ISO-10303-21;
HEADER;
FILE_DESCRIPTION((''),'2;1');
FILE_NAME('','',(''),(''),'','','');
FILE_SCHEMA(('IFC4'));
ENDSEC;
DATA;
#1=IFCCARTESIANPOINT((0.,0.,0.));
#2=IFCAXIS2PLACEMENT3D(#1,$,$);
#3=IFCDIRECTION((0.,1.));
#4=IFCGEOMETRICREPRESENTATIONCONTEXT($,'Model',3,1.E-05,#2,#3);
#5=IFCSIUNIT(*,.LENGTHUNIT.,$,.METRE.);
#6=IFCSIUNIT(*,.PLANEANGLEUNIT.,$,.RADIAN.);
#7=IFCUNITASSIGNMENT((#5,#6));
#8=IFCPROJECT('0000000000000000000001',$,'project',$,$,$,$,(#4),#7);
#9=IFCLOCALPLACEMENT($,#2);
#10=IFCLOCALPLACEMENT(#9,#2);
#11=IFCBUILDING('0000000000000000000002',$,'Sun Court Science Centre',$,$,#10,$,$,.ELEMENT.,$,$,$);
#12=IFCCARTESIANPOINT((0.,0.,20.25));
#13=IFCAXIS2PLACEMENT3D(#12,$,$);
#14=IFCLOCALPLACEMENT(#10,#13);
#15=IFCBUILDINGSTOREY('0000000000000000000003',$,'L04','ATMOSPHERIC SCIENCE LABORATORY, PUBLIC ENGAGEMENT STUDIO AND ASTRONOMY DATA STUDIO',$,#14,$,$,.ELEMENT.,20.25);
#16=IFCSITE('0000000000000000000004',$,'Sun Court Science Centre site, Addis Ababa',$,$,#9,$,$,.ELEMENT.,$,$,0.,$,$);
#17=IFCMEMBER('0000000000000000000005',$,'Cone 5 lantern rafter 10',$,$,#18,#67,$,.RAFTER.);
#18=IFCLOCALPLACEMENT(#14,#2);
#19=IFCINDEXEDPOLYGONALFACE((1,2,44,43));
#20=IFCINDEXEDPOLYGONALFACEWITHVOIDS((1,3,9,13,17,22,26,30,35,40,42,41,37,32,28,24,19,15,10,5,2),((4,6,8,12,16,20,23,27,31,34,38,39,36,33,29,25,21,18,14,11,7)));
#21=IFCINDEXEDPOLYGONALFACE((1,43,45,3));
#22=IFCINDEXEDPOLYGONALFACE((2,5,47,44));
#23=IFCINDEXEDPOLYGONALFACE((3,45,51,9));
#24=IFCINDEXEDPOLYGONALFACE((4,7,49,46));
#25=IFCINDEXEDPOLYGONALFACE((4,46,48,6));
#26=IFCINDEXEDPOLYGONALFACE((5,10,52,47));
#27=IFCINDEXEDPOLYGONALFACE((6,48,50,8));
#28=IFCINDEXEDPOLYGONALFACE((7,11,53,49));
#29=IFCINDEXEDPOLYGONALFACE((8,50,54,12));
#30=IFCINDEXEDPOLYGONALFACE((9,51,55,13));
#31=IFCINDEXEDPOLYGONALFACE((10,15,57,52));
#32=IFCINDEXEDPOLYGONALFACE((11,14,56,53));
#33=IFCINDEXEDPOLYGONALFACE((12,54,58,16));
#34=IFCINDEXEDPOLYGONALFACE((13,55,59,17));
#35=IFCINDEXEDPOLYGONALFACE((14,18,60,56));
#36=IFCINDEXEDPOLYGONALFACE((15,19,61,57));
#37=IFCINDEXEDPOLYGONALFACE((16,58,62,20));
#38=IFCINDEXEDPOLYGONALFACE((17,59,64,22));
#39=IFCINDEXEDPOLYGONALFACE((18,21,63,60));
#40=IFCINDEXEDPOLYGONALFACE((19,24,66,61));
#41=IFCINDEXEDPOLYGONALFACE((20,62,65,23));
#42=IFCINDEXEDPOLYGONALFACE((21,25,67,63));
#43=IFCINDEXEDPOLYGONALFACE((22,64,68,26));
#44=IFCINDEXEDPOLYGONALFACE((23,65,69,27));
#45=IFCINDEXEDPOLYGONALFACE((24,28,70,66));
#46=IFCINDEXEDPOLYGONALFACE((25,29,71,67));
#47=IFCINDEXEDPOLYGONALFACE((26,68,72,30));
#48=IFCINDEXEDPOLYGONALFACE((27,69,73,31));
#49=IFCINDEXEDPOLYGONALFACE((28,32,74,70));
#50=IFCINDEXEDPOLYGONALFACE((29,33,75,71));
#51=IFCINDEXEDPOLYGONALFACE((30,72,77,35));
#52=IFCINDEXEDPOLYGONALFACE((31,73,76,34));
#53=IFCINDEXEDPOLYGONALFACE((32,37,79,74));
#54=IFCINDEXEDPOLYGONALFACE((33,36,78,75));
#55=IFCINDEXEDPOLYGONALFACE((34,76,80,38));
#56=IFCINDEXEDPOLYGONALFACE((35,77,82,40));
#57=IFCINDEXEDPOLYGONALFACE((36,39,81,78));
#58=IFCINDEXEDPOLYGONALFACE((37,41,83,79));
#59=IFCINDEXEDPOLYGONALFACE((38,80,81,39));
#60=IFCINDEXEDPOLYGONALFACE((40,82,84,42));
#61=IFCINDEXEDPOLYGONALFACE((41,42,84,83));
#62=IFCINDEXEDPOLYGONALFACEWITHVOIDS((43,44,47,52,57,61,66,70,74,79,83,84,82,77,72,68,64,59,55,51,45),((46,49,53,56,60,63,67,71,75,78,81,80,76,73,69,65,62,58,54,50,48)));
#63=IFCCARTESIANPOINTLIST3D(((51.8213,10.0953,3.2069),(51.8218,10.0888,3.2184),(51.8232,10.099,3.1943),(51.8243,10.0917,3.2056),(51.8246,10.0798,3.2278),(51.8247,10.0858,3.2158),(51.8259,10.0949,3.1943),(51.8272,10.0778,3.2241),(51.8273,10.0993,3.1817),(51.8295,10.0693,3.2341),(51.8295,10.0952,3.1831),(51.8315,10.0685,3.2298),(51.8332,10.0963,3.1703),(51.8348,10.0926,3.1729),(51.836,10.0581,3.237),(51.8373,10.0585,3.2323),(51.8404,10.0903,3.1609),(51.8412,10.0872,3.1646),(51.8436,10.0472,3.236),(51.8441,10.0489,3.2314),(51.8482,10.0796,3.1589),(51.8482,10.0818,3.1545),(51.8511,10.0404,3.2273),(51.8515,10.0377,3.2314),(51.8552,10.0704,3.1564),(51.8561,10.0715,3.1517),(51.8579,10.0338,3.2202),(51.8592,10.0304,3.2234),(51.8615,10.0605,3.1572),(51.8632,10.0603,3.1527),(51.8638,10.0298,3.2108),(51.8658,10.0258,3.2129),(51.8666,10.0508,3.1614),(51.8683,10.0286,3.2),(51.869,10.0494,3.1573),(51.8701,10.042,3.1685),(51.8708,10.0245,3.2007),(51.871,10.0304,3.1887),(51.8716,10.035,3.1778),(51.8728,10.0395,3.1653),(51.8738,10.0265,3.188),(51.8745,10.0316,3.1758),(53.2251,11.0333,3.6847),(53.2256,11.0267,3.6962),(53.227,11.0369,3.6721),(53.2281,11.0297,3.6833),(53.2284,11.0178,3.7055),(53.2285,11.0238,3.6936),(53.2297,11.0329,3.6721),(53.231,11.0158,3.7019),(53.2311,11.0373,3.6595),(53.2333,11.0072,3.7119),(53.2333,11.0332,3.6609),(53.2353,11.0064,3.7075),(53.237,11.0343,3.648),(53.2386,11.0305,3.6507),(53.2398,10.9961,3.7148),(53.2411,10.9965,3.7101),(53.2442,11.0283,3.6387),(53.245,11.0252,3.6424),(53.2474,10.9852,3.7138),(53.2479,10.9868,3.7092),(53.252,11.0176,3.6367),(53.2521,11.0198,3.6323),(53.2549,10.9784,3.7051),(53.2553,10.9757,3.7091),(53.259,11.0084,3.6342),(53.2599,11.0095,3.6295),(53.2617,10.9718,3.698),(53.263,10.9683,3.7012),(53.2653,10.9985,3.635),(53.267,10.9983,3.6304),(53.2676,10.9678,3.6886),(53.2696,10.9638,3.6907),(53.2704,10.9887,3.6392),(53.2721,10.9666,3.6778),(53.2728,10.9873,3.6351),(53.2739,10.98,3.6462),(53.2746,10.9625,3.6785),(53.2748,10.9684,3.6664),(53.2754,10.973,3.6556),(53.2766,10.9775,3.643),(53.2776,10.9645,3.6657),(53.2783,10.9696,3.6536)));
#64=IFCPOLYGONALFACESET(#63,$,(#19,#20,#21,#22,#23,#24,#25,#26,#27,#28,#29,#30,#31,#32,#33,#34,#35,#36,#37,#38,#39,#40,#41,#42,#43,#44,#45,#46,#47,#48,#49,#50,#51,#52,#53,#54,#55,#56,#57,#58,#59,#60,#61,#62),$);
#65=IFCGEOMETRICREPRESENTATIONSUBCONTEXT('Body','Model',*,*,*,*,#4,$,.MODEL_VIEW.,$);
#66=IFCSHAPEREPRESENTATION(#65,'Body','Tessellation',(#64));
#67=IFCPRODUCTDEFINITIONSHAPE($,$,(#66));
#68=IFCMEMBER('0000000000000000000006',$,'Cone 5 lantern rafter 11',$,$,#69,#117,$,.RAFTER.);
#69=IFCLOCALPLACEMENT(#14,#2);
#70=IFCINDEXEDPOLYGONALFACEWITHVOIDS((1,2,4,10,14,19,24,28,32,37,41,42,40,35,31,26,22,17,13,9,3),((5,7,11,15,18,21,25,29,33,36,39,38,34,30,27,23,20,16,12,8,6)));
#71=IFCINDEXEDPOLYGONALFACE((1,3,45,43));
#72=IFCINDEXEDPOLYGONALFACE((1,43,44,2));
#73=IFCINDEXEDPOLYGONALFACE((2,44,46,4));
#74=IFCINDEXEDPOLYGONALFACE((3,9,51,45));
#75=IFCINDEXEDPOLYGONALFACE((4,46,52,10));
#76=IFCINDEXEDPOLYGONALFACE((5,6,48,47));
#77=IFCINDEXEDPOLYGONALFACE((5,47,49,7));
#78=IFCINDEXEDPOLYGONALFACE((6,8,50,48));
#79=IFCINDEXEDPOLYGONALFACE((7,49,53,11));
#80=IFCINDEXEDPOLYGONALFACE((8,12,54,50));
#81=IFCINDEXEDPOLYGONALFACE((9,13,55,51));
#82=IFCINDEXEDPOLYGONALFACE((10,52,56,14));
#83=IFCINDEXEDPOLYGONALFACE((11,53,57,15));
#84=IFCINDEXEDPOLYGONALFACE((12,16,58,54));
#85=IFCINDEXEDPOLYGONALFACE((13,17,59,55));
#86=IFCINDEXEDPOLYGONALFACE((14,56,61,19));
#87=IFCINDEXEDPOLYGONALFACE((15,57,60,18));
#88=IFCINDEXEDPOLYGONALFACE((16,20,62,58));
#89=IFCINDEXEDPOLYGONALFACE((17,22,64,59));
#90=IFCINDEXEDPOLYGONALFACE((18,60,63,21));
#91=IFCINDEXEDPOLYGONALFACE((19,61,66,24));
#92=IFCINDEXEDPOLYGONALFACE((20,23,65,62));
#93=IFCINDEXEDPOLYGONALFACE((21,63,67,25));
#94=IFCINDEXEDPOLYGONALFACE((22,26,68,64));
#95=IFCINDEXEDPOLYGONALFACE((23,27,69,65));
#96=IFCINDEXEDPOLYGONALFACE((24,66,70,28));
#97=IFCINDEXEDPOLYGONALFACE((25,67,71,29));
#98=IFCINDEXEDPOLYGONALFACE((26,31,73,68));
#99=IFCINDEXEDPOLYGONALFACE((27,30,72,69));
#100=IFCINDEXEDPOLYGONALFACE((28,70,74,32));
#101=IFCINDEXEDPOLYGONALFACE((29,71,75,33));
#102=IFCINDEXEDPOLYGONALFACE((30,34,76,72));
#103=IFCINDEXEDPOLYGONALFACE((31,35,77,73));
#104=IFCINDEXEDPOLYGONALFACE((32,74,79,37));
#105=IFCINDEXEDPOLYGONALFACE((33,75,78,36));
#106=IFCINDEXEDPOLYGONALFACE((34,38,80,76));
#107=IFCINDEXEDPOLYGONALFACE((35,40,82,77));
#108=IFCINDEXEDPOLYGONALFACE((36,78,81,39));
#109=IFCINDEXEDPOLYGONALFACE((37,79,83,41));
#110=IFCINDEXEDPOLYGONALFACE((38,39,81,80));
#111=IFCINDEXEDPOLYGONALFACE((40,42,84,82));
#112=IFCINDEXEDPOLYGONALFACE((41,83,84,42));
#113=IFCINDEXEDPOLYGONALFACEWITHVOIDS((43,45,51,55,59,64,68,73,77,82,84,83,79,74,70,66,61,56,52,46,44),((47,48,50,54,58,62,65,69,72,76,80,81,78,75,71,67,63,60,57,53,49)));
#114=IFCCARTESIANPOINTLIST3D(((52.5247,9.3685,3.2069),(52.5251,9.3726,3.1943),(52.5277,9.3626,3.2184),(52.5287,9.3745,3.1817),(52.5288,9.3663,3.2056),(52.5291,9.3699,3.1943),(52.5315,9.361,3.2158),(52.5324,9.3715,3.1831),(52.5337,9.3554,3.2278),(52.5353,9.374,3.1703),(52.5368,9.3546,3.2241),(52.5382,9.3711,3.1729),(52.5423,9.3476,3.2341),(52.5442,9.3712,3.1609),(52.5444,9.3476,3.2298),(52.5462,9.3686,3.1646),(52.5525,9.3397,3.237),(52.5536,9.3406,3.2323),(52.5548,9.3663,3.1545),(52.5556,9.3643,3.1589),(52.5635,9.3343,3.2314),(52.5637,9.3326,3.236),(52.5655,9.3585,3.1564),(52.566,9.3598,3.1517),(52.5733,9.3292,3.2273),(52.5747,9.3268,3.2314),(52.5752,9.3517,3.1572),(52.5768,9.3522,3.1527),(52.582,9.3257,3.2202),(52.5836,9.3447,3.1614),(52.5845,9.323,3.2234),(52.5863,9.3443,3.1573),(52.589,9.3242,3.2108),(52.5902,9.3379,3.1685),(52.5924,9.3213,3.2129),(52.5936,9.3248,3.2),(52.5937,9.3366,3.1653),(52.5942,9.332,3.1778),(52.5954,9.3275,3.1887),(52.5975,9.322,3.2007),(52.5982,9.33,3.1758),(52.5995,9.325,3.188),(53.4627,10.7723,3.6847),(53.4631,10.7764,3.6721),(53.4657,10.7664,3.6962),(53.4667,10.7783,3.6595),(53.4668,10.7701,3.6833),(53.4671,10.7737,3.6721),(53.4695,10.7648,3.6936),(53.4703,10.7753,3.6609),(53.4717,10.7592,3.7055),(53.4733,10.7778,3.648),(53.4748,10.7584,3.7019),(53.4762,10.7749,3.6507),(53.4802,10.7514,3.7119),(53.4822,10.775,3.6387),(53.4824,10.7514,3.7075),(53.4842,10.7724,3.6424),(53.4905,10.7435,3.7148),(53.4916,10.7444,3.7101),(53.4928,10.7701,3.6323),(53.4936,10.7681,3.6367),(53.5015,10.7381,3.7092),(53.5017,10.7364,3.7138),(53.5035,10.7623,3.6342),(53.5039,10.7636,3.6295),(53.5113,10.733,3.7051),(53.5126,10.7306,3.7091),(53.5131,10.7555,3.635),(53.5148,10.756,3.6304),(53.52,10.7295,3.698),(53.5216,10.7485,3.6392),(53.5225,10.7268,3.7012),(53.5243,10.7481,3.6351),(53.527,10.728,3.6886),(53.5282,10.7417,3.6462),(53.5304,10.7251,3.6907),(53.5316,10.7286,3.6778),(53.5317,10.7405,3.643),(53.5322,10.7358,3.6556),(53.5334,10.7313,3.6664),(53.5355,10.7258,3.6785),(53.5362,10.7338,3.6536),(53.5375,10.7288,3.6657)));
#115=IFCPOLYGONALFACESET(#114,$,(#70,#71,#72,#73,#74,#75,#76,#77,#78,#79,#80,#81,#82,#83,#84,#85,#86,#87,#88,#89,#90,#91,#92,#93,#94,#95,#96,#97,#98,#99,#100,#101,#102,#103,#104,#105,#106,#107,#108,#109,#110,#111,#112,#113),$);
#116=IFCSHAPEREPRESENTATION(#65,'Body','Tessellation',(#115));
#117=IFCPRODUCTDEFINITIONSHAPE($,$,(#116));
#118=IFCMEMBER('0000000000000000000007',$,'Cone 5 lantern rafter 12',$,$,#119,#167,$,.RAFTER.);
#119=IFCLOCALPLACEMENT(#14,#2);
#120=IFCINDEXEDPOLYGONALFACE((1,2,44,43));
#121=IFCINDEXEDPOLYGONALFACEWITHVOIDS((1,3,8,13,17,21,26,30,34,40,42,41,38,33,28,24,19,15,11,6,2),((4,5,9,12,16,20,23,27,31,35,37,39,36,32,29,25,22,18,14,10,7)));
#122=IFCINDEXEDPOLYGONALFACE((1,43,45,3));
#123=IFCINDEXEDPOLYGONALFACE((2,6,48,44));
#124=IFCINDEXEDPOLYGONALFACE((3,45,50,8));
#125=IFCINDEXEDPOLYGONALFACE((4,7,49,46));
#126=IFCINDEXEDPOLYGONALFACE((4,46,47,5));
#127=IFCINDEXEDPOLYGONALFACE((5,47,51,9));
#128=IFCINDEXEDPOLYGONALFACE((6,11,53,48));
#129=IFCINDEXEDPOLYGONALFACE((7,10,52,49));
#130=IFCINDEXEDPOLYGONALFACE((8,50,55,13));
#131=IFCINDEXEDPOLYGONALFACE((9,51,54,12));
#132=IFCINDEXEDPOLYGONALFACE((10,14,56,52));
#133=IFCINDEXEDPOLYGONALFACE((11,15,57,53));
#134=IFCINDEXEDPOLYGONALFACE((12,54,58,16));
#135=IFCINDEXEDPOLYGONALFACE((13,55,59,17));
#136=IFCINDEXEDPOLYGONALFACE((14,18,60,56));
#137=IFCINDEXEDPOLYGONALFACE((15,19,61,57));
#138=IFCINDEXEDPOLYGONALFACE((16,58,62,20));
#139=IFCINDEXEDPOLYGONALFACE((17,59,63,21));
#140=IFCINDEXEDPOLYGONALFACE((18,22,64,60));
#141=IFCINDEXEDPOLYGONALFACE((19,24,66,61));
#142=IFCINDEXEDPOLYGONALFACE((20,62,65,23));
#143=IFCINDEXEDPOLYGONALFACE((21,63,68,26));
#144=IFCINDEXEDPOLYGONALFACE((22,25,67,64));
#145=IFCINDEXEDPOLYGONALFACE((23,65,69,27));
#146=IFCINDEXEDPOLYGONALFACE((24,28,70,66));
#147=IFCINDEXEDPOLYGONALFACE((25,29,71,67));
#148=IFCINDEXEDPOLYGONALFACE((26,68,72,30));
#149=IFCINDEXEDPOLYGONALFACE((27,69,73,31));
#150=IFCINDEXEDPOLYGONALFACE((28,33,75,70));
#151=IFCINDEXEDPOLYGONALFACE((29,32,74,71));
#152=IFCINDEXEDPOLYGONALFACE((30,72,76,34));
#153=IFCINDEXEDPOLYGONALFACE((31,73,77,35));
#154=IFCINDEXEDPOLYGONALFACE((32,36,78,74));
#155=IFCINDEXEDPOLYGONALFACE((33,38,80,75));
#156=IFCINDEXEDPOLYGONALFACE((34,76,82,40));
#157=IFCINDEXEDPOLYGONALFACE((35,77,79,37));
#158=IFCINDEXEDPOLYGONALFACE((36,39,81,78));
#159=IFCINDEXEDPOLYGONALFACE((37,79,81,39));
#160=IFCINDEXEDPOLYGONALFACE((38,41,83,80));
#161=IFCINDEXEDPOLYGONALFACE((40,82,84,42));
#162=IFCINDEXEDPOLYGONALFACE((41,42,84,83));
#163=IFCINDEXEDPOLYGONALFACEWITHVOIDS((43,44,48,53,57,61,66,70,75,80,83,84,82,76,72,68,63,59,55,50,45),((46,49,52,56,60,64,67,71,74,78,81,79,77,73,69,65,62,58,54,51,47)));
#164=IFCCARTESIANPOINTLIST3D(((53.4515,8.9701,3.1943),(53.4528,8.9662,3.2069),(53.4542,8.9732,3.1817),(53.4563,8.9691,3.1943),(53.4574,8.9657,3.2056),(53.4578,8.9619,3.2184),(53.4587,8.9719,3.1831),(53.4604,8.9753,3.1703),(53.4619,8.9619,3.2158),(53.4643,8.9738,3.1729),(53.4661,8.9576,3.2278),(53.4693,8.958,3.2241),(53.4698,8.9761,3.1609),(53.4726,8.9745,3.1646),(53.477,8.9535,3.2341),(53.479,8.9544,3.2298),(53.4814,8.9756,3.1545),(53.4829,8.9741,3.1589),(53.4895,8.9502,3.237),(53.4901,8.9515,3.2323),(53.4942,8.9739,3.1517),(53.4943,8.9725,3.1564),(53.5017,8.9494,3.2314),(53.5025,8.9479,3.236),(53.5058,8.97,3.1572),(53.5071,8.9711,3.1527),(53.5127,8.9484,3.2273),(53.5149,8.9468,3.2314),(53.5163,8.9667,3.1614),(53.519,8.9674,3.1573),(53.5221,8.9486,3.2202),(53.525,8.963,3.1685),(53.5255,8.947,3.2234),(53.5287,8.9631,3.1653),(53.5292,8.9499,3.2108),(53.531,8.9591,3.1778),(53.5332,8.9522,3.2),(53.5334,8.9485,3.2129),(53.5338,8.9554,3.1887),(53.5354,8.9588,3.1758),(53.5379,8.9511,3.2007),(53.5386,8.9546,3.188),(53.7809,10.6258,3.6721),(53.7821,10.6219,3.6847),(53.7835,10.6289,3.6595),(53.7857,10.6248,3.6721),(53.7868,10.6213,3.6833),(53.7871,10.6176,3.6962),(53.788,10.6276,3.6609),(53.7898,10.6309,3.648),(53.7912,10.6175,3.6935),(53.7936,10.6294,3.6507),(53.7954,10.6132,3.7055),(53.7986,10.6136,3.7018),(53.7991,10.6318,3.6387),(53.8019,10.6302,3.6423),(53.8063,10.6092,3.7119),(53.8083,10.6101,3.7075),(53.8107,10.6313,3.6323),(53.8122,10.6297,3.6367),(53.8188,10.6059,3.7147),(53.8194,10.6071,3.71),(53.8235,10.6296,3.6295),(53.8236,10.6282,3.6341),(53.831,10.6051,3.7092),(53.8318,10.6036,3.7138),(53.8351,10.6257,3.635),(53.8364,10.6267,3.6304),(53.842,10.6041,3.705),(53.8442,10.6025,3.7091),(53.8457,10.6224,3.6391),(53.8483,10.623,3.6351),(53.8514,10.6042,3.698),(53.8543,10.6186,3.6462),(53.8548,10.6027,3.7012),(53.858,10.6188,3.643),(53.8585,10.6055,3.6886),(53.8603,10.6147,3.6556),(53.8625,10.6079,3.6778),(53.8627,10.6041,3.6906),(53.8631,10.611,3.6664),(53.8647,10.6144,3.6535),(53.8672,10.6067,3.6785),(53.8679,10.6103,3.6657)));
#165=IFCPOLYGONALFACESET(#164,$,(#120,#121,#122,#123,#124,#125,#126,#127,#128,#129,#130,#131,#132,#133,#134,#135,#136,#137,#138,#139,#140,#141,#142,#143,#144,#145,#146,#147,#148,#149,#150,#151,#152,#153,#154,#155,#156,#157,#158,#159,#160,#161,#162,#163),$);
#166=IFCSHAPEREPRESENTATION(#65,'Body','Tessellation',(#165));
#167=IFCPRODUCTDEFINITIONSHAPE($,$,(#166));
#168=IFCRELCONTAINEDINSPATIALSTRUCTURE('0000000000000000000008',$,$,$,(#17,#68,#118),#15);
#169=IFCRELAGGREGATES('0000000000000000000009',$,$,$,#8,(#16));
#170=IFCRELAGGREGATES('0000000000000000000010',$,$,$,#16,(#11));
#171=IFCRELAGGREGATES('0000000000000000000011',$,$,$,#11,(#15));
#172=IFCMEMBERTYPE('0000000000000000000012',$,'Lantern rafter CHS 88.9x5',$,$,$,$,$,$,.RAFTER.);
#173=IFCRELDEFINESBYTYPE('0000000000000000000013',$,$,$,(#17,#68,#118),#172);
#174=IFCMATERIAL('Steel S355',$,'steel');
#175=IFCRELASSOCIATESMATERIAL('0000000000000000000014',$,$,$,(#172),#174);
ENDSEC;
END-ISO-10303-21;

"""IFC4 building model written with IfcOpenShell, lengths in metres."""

from ifc_helpers import new_model, si_unit, direction, frame, origin, origin_2d, place, context, subcontext, project, spatial, hollow_circle, extrude, material, material_profile, profile_set, type_object, element, save


model = new_model("IFC4")

# Units and contexts
model_context = context("Model", 3, precision=1e-05, world=origin(), true_north=direction((0.0, 1.0)))
body_context = subcontext(model_context, "Body", "Model", "MODEL_VIEW")
ifc_project = project(units=[si_unit("LENGTHUNIT", "METRE"), si_unit("PLANEANGLEUNIT", "RADIAN")], contexts=[model_context])

# Site, building, storey
site_placement = place(None, origin())
site = spatial("IfcSite", under=ifc_project, at=site_placement, Name="Sun Court Science Centre site, Addis Ababa", CompositionType="ELEMENT", RefElevation=0.0)
building_placement = place(site_placement, origin())
building = spatial("IfcBuilding", under=site, at=building_placement, Name="Sun Court Science Centre", CompositionType="ELEMENT")
storey_placement = place(building_placement, frame((0.0, 0.0, 20.25)))
storey = spatial("IfcBuildingStorey", under=building, at=storey_placement, Name="L04", Description="ATMOSPHERIC SCIENCE LABORATORY, PUBLIC ENGAGEMENT STUDIO AND ASTRONOMY DATA STUDIO", CompositionType="ELEMENT", Elevation=20.25)

# Members
ifc_material_1 = material(Name="Steel S355", Category="steel")
ifc_material_profile_1 = material_profile(ifc_material_1, hollow_circle(Radius=0.0444, WallThickness=0.0049, at=origin_2d()), Name="CHS 88.9x5")
ifc_profile_set_1 = profile_set([ifc_material_profile_1], Name="Steel S355")
member_type_1 = type_object("IfcMemberType", Name="Lantern rafter CHS 88.9x5", PredefinedType="RAFTER", material=ifc_profile_set_1)
for number, where, z_axis, x_axis, name in (
    (1, (51.8479, 10.062, 3.1943), (0.800053, 0.534575, 0.272296), (-0.555568, 0.831471, 0.0), "Cone 5 lantern rafter 10"),
    (2, (52.562, 9.3479, 3.1943), (0.534575, 0.800053, 0.272296), (-0.831471, 0.555568, 0.0), "Cone 5 lantern rafter 11"),
):
    element("IfcMember", number, at=place(storey_placement, frame(where, z_axis=z_axis, x_axis=x_axis)), inside=storey, type_object=member_type_1, Name=name, PredefinedType="RAFTER", context=body_context, shape_type="SweptSolid", body=[
        extrude(hollow_circle(Radius=0.0444, WallThickness=0.0049, at=origin_2d()), origin(), (0.0, 0.0, 1.0), 1.7546),
    ])
member_1_placement = place(storey_placement, frame((53.4951, 8.9614, 3.1943), z_axis=(0.187714, 0.943719, 0.272318), x_axis=(-0.980786, 0.195087, 0.0)))
element("IfcMember", 3, at=member_1_placement, inside=storey, type_object=member_type_1, Name="Cone 5 lantern rafter 12", PredefinedType="RAFTER", context=body_context, shape_type="SweptSolid", body=[
    extrude(hollow_circle(Radius=0.0444, WallThickness=0.0049, at=origin_2d()), origin(), (0.0, 0.0, 1.0), 1.7544),
])

save(model, "model.ifc")
